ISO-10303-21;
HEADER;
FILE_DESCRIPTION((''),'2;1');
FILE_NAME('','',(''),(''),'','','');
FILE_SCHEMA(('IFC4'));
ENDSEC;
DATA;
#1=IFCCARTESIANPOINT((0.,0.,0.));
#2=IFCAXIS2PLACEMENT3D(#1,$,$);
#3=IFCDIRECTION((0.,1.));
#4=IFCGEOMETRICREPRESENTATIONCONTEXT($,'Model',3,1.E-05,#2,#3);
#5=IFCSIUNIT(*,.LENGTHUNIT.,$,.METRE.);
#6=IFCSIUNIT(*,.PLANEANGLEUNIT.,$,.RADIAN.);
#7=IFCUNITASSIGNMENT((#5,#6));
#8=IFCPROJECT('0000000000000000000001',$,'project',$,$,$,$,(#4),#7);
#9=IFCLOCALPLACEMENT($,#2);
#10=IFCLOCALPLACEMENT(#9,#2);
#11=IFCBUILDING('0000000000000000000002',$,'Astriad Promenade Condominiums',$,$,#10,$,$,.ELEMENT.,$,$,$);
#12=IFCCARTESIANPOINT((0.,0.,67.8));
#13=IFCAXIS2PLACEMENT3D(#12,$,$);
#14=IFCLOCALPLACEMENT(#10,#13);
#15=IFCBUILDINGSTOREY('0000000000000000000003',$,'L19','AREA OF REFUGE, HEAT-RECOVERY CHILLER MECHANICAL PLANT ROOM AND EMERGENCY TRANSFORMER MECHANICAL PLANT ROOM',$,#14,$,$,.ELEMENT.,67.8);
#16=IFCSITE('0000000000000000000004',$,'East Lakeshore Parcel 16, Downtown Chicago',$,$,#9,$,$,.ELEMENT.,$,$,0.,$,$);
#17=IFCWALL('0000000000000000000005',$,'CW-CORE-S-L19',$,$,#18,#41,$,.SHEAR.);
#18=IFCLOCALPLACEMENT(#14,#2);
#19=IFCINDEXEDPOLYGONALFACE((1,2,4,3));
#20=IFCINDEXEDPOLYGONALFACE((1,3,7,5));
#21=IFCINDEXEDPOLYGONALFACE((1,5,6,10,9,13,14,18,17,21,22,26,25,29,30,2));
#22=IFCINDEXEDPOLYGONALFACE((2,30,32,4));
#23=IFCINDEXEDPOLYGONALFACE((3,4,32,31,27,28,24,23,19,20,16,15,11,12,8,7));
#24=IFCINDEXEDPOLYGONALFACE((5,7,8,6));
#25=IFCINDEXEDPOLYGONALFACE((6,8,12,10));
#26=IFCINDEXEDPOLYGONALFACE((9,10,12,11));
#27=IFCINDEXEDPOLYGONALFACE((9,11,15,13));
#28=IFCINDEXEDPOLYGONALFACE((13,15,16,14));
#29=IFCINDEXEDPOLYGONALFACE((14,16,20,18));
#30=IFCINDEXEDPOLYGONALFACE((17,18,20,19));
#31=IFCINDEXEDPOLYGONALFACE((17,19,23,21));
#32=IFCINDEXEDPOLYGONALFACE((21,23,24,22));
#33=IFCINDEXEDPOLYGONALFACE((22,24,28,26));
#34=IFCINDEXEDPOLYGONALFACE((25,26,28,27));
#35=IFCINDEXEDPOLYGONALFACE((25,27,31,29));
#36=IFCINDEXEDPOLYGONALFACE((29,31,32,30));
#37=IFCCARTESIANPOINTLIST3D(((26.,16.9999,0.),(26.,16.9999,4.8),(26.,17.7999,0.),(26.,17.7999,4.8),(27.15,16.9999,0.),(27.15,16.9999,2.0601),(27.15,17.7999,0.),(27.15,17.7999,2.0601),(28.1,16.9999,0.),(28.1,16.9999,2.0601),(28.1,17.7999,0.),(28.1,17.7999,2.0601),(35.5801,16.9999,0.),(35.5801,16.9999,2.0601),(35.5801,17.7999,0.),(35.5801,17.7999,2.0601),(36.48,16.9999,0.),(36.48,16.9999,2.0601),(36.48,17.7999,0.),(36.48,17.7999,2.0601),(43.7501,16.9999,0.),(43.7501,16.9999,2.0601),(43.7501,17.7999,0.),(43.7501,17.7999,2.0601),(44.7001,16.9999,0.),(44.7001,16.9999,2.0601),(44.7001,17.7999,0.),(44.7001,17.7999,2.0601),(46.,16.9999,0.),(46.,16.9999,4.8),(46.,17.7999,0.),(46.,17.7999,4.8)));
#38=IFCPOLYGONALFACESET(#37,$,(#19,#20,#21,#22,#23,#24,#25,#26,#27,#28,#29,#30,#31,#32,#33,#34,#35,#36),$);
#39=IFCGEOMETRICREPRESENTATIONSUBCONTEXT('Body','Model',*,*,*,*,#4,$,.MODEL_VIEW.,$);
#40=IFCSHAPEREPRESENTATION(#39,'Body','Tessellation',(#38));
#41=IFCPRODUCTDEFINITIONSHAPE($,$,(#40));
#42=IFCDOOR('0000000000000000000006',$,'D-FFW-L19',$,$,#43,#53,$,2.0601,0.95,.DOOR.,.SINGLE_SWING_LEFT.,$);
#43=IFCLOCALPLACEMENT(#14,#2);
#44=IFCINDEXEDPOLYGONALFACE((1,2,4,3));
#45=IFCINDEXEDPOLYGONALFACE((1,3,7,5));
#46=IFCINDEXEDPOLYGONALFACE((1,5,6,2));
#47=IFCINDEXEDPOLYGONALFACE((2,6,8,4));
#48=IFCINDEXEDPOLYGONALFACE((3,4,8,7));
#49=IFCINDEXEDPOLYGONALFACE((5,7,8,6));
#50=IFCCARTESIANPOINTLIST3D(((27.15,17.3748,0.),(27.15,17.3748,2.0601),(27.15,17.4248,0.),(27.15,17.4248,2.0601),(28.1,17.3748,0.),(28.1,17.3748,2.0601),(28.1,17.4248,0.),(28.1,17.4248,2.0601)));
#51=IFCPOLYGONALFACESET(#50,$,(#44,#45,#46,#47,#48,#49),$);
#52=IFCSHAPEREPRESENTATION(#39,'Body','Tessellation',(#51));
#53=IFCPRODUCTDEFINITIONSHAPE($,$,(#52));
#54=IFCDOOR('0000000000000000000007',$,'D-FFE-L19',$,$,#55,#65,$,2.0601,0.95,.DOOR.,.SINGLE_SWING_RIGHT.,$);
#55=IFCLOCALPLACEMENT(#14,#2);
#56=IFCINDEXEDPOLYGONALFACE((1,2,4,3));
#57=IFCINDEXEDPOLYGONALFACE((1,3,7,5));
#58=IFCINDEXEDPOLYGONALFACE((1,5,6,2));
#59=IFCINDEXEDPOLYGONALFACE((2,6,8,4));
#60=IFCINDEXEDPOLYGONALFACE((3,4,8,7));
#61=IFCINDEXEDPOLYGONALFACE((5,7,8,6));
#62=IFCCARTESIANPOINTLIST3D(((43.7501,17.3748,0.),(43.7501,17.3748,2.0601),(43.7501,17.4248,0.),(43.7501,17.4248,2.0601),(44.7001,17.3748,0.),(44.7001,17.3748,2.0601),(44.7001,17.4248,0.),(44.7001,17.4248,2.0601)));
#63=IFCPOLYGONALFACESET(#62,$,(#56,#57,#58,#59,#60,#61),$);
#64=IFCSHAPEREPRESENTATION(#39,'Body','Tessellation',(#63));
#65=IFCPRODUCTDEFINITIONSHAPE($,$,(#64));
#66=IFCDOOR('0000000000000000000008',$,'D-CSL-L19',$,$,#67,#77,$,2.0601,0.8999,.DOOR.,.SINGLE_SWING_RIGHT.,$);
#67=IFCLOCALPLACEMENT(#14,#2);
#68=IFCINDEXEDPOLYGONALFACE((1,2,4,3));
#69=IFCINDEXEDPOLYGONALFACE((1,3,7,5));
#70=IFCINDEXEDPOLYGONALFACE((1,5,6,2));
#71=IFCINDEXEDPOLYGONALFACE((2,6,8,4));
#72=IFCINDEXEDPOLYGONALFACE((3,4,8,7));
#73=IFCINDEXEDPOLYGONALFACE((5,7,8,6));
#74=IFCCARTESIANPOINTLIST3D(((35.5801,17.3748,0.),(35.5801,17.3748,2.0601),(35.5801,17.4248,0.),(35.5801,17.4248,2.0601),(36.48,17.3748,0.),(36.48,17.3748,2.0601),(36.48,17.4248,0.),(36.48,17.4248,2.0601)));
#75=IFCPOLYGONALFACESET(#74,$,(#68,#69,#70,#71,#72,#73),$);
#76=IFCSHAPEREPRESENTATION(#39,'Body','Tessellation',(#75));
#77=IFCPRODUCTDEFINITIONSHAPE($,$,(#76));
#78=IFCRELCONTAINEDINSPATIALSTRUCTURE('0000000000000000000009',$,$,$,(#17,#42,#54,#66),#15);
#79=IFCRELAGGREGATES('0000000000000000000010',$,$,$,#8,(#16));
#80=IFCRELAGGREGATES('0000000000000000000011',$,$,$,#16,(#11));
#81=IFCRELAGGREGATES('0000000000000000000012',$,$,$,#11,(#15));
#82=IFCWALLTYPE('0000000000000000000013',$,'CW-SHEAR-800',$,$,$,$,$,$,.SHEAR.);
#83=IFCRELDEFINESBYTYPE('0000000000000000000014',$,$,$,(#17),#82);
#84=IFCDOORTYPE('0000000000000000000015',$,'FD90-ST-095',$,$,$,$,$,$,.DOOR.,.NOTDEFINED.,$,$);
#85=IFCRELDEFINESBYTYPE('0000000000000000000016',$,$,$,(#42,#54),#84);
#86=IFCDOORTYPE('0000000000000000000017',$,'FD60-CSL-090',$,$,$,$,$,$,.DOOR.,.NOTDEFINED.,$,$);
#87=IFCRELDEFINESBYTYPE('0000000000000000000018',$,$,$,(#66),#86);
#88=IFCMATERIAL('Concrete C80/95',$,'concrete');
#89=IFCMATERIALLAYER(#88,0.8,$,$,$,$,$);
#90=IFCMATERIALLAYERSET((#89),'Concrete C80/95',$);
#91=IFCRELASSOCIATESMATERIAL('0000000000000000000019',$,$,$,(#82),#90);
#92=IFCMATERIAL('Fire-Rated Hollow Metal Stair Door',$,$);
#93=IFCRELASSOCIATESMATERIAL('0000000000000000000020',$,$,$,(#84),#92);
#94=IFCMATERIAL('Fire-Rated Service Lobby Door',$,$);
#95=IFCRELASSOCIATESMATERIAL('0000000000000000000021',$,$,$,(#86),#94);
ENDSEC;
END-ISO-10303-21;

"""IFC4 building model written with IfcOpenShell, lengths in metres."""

from ifc_helpers import new_model, si_unit, direction, frame, frame_2d, origin, place, context, subcontext, project, spatial, rectangle, extrude, source, transform, mapped, material, layer, layer_set, type_object, type_shapes, element, fill, save


model = new_model("IFC4")

# Units and contexts
model_context = context("Model", 3, precision=1e-05, world=origin(), true_north=direction((0.0, 1.0)))
body_context = subcontext(model_context, "Body", "Model", "MODEL_VIEW")
ifc_project = project(units=[si_unit("LENGTHUNIT", "METRE"), si_unit("PLANEANGLEUNIT", "RADIAN")], contexts=[model_context])

# Site, building, storey
site_placement = place(None, origin())
site = spatial("IfcSite", under=ifc_project, at=site_placement, Name="East Lakeshore Parcel 16, Downtown Chicago", CompositionType="ELEMENT", RefElevation=0.0)
building_placement = place(site_placement, origin())
building = spatial("IfcBuilding", under=site, at=building_placement, Name="Astriad Promenade Condominiums", CompositionType="ELEMENT")
storey_placement = place(building_placement, frame((0.0, 0.0, 67.8)))
storey = spatial("IfcBuildingStorey", under=building, at=storey_placement, Name="L19", Description="AREA OF REFUGE, HEAT-RECOVERY CHILLER MECHANICAL PLANT ROOM AND EMERGENCY TRANSFORMER MECHANICAL PLANT ROOM", CompositionType="ELEMENT", Elevation=67.8)

# Wall, openings, doors
ifc_material_1 = material(Name="Concrete C80/95", Category="concrete")
ifc_layer_1 = layer(ifc_material_1, 0.8)
ifc_layer_set_1 = layer_set([ifc_layer_1], Name="Concrete C80/95")
wall_type_1 = type_object("IfcWallType", Name="CW-SHEAR-800", PredefinedType="SHEAR", material=ifc_layer_set_1)
wall_1_placement = place(storey_placement, frame((26.0, 17.3999, 0.0), z_axis=(0.0, 0.0, 1.0), x_axis=(1.0, 0.0, 0.0)))
wall_1 = element("IfcWall", 1, at=wall_1_placement, inside=storey, type_object=wall_type_1, Name="CW-CORE-S-L19", PredefinedType="SHEAR", context=body_context, shape_type="SweptSolid", body=[
    extrude(rectangle(XDim=20.0, YDim=0.8, at=frame_2d((10.0, 0.0))), origin(), (0.0, 0.0, 1.0), 4.8),
])
opening_1_placement = place(wall_1_placement, frame((1.1499, 0.0, 0.0)))
opening_1 = element("IfcOpeningElement", 2, at=opening_1_placement, cuts=wall_1, PredefinedType="OPENING", context=body_context, shape_type="SweptSolid", body=[
    extrude(rectangle(XDim=0.95, YDim=2.0601, at=frame_2d((0.4751, 1.03))), frame((0.0, 0.4099, 0.0), z_axis=(0.0, -1.0, 0.0), x_axis=(1.0, 0.0, 0.0)), (0.0, 0.0, 1.0), 0.8201),
])
opening_2_placement = place(wall_1_placement, frame((9.5801, 0.0, 0.0)))
opening_2 = element("IfcOpeningElement", 3, at=opening_2_placement, cuts=wall_1, PredefinedType="OPENING", context=body_context, shape_type="SweptSolid", body=[
    extrude(rectangle(XDim=0.8999, YDim=2.0601, at=frame_2d((0.45, 1.03))), frame((0.0, 0.4099, 0.0), z_axis=(0.0, -1.0, 0.0), x_axis=(1.0, 0.0, 0.0)), (0.0, 0.0, 1.0), 0.8201),
])
opening_3_placement = place(wall_1_placement, frame((17.75, 0.0, 0.0)))
opening_3 = element("IfcOpeningElement", 4, at=opening_3_placement, cuts=wall_1, PredefinedType="OPENING", context=body_context, shape_type="SweptSolid", body=[
    extrude(rectangle(XDim=0.95, YDim=2.0601, at=frame_2d((0.4751, 1.03))), frame((0.0, 0.4099, 0.0), z_axis=(0.0, -1.0, 0.0), x_axis=(1.0, 0.0, 0.0)), (0.0, 0.0, 1.0), 0.8201),
])
ifc_material_2 = material(Name="Fire-Rated Hollow Metal Stair Door")
door_type_1 = type_object("IfcDoorType", Name="FD90-ST-095", OperationType="NOTDEFINED", PredefinedType="DOOR", material=ifc_material_2)
shared_shape_1 = source(origin(), body_context, "Body", "SweptSolid", [
    extrude(rectangle(XDim=0.95, YDim=2.0601, at=frame_2d((0.4751, 1.03))), frame((0.0, 0.0249, 0.0), z_axis=(0.0, -1.0, 0.0), x_axis=(1.0, 0.0, 0.0)), (0.0, 0.0, 1.0), 0.05),
])
type_shapes(door_type_1, [shared_shape_1])
door_1_placement = place(opening_1_placement, origin())
door_1 = element("IfcDoor", 5, at=door_1_placement, inside=storey, type_object=door_type_1, Name="D-FFW-L19", OperationType="SINGLE_SWING_LEFT", OverallHeight=2.0601, OverallWidth=0.95, PredefinedType="DOOR", context=body_context, shape_type="MappedRepresentation", body=[
    mapped(shared_shape_1, transform((0.0, 0.0, 0.0), scale=1.0)),
])
fill(opening_1, door_1)
door_2_placement = place(opening_3_placement, origin())
door_2 = element("IfcDoor", 6, at=door_2_placement, inside=storey, type_object=door_type_1, Name="D-FFE-L19", OperationType="SINGLE_SWING_RIGHT", OverallHeight=2.0601, OverallWidth=0.95, PredefinedType="DOOR", context=body_context, shape_type="MappedRepresentation", body=[
    mapped(shared_shape_1, transform((0.0, 0.0, 0.0), scale=1.0)),
])
fill(opening_3, door_2)
ifc_material_3 = material(Name="Fire-Rated Service Lobby Door")
door_type_2 = type_object("IfcDoorType", Name="FD60-CSL-090", OperationType="NOTDEFINED", PredefinedType="DOOR", material=ifc_material_3)
shared_shape_2 = source(origin(), body_context, "Body", "SweptSolid", [
    extrude(rectangle(XDim=0.8999, YDim=2.0601, at=frame_2d((0.45, 1.03))), frame((0.0, 0.0249, 0.0), z_axis=(0.0, -1.0, 0.0), x_axis=(1.0, 0.0, 0.0)), (0.0, 0.0, 1.0), 0.05),
])
type_shapes(door_type_2, [shared_shape_2])
door_3_placement = place(opening_2_placement, origin())
door_3 = element("IfcDoor", 7, at=door_3_placement, inside=storey, type_object=door_type_2, Name="D-CSL-L19", OperationType="SINGLE_SWING_RIGHT", OverallHeight=2.0601, OverallWidth=0.8999, PredefinedType="DOOR", context=body_context, shape_type="MappedRepresentation", body=[
    mapped(shared_shape_2, transform((0.0, 0.0, 0.0), scale=1.0)),
])
fill(opening_2, door_3)

save(model, "model.ifc")
